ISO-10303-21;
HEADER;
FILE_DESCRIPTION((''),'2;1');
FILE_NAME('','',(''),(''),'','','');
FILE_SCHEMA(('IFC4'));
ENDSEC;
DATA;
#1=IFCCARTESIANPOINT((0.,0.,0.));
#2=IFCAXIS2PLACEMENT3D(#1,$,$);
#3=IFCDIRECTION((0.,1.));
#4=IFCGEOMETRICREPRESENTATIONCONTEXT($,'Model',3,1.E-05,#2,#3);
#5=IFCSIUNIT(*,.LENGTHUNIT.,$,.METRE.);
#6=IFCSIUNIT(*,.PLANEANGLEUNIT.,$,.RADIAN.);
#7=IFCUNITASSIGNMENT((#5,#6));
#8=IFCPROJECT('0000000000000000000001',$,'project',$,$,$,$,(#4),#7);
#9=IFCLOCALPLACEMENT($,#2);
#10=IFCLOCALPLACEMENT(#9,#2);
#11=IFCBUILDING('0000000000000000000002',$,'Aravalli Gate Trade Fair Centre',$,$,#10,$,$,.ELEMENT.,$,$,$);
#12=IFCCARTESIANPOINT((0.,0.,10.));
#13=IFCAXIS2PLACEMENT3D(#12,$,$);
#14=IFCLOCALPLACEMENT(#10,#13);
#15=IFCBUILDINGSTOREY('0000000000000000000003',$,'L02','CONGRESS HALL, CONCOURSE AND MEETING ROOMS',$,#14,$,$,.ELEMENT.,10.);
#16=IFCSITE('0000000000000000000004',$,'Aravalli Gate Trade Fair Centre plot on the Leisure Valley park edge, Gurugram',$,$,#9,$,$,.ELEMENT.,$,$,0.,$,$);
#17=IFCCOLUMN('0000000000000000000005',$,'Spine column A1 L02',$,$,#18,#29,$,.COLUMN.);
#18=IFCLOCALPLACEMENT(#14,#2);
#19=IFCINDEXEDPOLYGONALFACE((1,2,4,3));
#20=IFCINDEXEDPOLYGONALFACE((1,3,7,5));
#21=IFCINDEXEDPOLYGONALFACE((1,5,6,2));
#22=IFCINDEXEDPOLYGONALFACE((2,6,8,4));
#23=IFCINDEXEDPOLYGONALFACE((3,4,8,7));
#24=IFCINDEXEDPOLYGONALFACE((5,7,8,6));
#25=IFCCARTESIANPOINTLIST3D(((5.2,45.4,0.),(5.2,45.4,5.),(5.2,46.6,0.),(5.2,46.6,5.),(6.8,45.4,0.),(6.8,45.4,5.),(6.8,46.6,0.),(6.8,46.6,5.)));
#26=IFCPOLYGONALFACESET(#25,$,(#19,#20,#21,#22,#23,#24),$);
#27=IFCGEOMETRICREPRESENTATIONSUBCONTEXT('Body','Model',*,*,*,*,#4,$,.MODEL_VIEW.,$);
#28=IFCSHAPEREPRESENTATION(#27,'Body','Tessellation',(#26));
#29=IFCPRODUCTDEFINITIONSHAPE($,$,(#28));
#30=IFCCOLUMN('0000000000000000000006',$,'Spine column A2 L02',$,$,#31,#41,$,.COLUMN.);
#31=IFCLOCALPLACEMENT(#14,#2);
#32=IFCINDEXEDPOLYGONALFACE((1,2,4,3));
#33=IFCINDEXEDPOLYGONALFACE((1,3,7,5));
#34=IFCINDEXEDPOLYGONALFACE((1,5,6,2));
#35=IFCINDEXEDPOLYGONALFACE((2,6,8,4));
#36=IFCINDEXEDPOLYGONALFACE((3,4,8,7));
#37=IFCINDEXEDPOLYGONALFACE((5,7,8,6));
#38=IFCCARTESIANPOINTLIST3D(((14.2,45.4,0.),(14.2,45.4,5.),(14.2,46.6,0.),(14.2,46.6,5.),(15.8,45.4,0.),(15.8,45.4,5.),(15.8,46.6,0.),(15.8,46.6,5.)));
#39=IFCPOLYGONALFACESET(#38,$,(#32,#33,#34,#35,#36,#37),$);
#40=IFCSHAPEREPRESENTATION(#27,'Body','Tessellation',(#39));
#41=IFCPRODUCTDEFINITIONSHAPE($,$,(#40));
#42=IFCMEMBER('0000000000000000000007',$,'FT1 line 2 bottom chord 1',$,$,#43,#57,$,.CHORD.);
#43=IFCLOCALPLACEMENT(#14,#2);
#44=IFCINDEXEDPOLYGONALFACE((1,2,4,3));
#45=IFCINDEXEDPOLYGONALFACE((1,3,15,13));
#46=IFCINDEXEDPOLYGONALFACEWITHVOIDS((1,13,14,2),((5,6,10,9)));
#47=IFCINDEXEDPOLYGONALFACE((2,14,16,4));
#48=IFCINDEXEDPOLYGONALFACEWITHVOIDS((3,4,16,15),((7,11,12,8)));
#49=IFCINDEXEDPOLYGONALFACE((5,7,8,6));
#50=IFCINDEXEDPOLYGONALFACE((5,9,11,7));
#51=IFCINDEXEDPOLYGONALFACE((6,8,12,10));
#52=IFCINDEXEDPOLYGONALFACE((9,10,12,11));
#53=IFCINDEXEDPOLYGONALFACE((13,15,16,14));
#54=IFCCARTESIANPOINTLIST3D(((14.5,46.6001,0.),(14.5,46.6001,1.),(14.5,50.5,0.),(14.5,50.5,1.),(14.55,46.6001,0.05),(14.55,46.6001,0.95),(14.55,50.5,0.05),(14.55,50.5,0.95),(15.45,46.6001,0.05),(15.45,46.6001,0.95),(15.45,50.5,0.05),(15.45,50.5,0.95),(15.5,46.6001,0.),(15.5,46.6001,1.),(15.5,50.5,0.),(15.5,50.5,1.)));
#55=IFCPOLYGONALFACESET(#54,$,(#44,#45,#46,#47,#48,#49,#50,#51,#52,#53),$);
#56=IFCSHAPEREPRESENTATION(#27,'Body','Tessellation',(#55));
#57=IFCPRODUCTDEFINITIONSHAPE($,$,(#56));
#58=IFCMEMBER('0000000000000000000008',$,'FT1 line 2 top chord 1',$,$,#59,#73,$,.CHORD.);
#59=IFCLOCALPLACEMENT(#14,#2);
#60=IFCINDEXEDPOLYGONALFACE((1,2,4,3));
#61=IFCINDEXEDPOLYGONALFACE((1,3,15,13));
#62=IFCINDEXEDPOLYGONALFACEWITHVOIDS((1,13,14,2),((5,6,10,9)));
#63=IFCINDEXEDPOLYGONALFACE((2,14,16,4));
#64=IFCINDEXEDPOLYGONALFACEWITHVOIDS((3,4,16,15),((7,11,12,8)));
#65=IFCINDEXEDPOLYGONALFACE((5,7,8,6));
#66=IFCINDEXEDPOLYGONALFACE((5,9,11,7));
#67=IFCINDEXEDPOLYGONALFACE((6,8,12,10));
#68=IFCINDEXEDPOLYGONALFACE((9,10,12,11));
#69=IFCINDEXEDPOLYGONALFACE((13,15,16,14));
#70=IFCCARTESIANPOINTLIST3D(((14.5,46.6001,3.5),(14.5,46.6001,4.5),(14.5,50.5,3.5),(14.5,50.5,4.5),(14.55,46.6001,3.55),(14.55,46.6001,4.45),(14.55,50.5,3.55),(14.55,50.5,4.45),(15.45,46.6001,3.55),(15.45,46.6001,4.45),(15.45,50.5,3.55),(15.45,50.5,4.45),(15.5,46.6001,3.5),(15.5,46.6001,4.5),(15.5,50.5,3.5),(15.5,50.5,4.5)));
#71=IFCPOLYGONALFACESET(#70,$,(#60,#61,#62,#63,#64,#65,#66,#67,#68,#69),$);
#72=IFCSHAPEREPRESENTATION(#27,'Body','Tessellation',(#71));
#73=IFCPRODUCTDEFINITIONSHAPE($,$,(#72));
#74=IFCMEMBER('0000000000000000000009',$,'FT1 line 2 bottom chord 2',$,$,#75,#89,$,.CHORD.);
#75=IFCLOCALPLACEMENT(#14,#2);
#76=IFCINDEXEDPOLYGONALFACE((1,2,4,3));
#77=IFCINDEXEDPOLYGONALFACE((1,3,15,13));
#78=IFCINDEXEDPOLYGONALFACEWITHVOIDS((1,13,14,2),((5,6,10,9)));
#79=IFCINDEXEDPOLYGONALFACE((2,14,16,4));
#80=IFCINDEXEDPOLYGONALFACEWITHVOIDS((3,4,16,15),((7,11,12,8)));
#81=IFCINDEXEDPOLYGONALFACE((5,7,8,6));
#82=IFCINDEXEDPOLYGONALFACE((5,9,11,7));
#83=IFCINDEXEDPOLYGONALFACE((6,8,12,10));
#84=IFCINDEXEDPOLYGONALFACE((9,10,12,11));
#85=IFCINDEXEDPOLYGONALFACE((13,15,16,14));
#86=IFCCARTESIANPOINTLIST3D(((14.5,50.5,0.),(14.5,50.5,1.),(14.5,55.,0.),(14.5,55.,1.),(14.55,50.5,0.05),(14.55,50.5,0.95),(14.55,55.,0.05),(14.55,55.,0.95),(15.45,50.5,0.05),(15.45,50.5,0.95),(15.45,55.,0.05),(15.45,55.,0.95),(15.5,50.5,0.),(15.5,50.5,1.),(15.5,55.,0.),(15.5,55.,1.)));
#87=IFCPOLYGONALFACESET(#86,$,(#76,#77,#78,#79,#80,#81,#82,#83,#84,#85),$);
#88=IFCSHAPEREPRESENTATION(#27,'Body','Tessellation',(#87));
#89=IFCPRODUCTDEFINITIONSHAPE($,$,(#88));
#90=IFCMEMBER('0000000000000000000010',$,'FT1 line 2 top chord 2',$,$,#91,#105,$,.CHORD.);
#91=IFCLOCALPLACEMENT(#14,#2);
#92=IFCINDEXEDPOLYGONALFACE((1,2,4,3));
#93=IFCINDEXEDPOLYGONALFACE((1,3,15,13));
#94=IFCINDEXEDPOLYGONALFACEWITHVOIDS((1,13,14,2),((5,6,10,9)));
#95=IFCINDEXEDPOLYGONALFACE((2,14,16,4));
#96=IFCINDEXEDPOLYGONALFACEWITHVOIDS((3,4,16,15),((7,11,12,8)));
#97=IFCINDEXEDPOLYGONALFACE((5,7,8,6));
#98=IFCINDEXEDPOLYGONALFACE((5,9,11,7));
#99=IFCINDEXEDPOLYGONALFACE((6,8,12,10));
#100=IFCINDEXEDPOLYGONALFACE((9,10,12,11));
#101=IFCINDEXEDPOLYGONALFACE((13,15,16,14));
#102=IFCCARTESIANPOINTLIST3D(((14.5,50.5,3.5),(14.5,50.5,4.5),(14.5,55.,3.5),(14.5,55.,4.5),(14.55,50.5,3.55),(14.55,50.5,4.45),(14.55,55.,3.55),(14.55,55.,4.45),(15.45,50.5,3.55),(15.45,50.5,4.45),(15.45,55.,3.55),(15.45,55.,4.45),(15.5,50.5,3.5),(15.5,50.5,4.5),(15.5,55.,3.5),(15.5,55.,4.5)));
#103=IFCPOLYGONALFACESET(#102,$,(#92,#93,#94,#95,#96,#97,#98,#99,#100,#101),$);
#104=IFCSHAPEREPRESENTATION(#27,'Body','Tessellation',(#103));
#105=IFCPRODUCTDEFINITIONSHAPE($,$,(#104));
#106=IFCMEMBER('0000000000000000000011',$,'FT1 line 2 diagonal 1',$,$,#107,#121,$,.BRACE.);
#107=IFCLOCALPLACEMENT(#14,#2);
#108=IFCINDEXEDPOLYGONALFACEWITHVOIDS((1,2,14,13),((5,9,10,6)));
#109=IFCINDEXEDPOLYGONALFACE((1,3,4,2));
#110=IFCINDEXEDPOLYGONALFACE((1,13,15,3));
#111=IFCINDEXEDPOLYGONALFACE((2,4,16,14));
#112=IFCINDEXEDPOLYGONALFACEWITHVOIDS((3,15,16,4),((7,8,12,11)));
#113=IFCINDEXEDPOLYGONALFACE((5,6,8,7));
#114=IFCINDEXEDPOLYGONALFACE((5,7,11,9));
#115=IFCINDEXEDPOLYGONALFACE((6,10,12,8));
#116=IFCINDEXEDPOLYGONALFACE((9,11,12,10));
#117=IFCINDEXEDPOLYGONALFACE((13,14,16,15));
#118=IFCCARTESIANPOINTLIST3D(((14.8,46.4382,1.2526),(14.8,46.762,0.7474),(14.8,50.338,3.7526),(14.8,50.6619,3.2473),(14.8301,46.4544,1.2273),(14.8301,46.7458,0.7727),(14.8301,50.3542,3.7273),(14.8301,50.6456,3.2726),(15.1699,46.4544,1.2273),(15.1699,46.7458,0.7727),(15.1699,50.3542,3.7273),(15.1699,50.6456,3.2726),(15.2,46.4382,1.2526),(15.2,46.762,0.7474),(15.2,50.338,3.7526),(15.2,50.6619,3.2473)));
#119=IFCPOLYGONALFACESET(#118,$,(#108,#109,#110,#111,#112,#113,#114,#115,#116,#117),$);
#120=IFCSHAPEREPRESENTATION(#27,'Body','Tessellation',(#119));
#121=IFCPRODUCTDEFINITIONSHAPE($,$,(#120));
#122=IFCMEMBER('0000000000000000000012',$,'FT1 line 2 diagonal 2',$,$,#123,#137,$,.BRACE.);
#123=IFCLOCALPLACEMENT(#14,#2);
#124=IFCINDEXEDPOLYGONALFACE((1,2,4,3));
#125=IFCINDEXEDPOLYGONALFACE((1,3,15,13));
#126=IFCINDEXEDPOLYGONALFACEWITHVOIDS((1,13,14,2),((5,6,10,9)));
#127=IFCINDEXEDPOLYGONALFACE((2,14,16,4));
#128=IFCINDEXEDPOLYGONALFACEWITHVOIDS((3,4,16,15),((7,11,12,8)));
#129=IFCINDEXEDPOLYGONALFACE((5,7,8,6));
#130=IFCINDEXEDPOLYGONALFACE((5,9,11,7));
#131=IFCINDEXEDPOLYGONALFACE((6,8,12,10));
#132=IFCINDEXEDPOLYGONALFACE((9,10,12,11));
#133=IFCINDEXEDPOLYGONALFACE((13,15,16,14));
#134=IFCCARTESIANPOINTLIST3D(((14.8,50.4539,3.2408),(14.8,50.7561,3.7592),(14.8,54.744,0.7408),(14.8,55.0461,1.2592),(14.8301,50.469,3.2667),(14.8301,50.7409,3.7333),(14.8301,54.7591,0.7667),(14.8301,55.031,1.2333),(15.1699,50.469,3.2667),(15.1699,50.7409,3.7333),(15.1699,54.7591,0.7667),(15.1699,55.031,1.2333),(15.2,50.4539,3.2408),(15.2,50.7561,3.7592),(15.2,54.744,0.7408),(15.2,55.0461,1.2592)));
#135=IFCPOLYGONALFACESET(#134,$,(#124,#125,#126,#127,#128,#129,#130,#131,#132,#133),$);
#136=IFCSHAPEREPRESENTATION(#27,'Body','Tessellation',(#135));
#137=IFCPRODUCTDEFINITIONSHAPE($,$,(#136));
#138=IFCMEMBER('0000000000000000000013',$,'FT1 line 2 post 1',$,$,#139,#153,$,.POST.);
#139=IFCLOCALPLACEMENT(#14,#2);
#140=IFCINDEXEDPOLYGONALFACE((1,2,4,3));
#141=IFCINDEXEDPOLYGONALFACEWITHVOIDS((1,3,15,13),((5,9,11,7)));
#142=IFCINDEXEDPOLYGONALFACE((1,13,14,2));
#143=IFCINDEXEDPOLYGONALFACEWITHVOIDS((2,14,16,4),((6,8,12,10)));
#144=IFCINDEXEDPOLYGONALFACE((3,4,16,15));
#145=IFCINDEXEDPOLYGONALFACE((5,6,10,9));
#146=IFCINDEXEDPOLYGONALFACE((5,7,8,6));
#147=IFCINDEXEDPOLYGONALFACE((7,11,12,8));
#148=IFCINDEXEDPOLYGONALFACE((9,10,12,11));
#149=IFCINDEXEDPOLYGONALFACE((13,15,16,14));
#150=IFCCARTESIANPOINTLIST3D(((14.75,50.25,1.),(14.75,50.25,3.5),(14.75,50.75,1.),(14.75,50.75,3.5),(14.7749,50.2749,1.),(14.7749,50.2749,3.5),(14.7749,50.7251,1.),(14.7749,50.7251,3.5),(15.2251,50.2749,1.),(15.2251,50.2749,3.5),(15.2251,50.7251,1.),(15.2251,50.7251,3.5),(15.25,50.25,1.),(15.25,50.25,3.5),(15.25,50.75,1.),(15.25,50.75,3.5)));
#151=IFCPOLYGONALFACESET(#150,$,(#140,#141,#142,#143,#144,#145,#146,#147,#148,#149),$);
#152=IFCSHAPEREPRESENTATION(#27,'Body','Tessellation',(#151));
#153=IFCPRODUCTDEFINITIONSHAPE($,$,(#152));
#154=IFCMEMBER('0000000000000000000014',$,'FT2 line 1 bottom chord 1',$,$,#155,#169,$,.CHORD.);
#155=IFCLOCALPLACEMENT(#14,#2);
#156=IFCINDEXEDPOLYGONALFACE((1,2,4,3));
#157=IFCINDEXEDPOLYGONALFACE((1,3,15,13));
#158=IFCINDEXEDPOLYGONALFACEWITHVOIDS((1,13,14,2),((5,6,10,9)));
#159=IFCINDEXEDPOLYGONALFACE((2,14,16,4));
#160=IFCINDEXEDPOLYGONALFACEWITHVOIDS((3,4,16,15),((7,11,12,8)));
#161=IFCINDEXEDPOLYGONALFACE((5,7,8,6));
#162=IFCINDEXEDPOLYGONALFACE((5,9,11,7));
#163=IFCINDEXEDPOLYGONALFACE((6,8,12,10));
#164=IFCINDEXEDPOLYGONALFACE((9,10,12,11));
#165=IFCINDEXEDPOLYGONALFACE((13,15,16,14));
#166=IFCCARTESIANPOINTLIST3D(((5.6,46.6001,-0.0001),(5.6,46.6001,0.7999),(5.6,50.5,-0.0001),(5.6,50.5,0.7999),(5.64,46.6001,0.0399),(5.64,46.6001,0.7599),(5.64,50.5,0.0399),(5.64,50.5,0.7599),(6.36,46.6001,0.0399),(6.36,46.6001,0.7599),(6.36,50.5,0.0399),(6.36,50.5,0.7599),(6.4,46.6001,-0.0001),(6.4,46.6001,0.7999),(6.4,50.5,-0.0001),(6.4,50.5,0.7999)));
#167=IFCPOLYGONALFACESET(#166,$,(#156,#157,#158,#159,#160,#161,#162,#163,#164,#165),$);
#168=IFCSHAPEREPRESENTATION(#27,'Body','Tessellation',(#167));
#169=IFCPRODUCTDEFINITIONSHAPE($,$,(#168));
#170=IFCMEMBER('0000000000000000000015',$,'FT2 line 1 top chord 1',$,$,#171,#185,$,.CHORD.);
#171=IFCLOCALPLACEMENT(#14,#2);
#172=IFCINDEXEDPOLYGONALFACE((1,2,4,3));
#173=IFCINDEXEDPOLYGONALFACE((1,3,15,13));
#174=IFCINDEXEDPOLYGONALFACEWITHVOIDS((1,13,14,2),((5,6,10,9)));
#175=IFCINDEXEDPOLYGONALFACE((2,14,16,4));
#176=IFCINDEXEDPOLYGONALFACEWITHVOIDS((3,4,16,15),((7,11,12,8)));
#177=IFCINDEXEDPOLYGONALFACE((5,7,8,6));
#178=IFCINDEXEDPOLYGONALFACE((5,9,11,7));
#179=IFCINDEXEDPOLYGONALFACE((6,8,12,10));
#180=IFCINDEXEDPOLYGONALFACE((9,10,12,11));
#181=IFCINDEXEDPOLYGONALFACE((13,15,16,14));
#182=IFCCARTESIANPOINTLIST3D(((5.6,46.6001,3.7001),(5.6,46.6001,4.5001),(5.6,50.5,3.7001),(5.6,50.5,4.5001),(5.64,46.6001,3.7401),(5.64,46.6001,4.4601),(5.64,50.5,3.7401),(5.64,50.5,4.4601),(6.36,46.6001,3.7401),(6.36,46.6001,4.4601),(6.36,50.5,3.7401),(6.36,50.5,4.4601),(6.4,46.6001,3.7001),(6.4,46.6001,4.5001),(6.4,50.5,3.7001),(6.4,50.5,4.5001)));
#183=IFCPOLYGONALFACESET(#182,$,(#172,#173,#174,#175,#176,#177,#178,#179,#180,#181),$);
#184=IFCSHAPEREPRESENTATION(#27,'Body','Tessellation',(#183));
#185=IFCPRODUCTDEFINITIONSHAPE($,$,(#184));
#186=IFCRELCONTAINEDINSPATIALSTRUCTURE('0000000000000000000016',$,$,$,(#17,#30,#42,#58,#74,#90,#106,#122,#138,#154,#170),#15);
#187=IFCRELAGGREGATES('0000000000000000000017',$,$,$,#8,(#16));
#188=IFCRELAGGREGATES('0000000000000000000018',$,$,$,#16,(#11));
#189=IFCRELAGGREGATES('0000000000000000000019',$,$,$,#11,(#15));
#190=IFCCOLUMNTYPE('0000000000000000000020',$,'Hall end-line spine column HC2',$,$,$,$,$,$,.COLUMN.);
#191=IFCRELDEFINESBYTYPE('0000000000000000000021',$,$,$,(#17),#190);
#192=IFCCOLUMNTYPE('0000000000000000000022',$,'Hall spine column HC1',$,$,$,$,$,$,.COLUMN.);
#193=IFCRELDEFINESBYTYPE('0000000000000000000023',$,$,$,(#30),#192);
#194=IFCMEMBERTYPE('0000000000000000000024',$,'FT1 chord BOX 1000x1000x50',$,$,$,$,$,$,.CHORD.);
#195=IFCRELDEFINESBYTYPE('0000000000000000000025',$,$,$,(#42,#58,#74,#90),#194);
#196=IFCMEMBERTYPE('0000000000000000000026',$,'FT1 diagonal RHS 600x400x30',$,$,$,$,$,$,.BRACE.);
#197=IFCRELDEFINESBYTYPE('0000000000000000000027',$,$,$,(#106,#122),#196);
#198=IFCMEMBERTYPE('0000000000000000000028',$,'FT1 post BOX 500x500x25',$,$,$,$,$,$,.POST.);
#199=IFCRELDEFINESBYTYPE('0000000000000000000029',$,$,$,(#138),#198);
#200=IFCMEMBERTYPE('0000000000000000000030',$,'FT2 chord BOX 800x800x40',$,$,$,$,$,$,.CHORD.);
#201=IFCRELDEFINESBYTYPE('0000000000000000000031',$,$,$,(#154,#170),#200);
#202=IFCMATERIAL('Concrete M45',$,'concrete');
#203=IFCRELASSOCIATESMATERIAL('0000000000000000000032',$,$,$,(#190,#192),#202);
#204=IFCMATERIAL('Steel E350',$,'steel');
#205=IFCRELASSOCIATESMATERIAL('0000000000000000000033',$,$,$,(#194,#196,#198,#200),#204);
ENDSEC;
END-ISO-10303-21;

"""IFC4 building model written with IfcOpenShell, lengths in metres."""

from ifc_helpers import new_model, si_unit, direction, frame, origin, origin_2d, place, context, subcontext, project, spatial, rectangle, hollow_rectangle, extrude, material, material_profile, profile_set, type_object, element, save


model = new_model("IFC4")

# Units and contexts
model_context = context("Model", 3, precision=1e-05, world=origin(), true_north=direction((0.0, 1.0)))
body_context = subcontext(model_context, "Body", "Model", "MODEL_VIEW")
ifc_project = project(units=[si_unit("LENGTHUNIT", "METRE"), si_unit("PLANEANGLEUNIT", "RADIAN")], contexts=[model_context])

# Site, building, storey
site_placement = place(None, origin())
site = spatial("IfcSite", under=ifc_project, at=site_placement, Name="Aravalli Gate Trade Fair Centre plot on the Leisure Valley park edge, Gurugram", CompositionType="ELEMENT", RefElevation=0.0)
building_placement = place(site_placement, origin())
building = spatial("IfcBuilding", under=site, at=building_placement, Name="Aravalli Gate Trade Fair Centre", CompositionType="ELEMENT")
storey_placement = place(building_placement, frame((0.0, 0.0, 10.0)))
storey = spatial("IfcBuildingStorey", under=building, at=storey_placement, Name="L02", Description="CONGRESS HALL, CONCOURSE AND MEETING ROOMS", CompositionType="ELEMENT", Elevation=10.0)

# Columns
ifc_material_1 = material(Name="Concrete M45", Category="concrete")
ifc_material_profile_1 = material_profile(ifc_material_1, rectangle(XDim=1.6001, YDim=1.2, at=origin_2d()), Name="RC 1600x1200")
ifc_profile_set_1 = profile_set([ifc_material_profile_1], Name="Concrete M45")
column_type_1 = type_object("IfcColumnType", Name="Hall end-line spine column HC2", PredefinedType="COLUMN", material=ifc_profile_set_1)
column_1_placement = place(storey_placement, frame((6.0, 46.0, 0.0), z_axis=(0.0, 0.0, 1.0), x_axis=(1.0, 0.0, 0.0)))
element("IfcColumn", 1, at=column_1_placement, inside=storey, type_object=column_type_1, Name="Spine column A1 L02", PredefinedType="COLUMN", context=body_context, shape_type="SweptSolid", body=[
    extrude(rectangle(XDim=1.6001, YDim=1.2, at=origin_2d()), origin(), (0.0, 0.0, 1.0), 5.0),
])
ifc_material_profile_2 = material_profile(ifc_material_1, rectangle(XDim=1.6001, YDim=1.2, at=origin_2d()), Name="RC 1600x1200")
ifc_profile_set_2 = profile_set([ifc_material_profile_2], Name="Concrete M45")
column_type_2 = type_object("IfcColumnType", Name="Hall spine column HC1", PredefinedType="COLUMN", material=ifc_profile_set_2)
column_2_placement = place(storey_placement, frame((15.0, 46.0, 0.0), z_axis=(0.0, 0.0, 1.0), x_axis=(1.0, 0.0, 0.0)))
element("IfcColumn", 2, at=column_2_placement, inside=storey, type_object=column_type_2, Name="Spine column A2 L02", PredefinedType="COLUMN", context=body_context, shape_type="SweptSolid", body=[
    extrude(rectangle(XDim=1.6001, YDim=1.2, at=origin_2d()), origin(), (0.0, 0.0, 1.0), 5.0),
])

# Members
ifc_material_2 = material(Name="Steel E350", Category="steel")
ifc_material_profile_3 = material_profile(ifc_material_2, hollow_rectangle(XDim=1.0, YDim=1.0, WallThickness=0.05, at=origin_2d()), Name="BOX 1000x1000x50")
ifc_profile_set_3 = profile_set([ifc_material_profile_3], Name="Steel E350")
member_type_1 = type_object("IfcMemberType", Name="FT1 chord BOX 1000x1000x50", PredefinedType="CHORD", material=ifc_profile_set_3)
for number, where, z_axis, x_axis, name in (
    (3, (15.0, 46.6001, 0.5), (0.0, 1.0, 0.0), (-1.0, 0.0, 0.0), "FT1 line 2 bottom chord 1"),
    (4, (15.0, 46.6001, 4.0), (0.0, 1.0, 0.0), (-1.0, 0.0, 0.0), "FT1 line 2 top chord 1"),
):
    element("IfcMember", number, at=place(storey_placement, frame(where, z_axis=z_axis, x_axis=x_axis)), inside=storey, type_object=member_type_1, Name=name, PredefinedType="CHORD", context=body_context, shape_type="SweptSolid", body=[
        extrude(hollow_rectangle(XDim=1.0, YDim=1.0, WallThickness=0.05, at=origin_2d()), origin(), (0.0, 0.0, 1.0), 3.8999),
    ])
for number, where, z_axis, x_axis, name in (
    (5, (15.0, 50.5, 0.5), (0.0, 1.0, 0.0), (-1.0, 0.0, 0.0), "FT1 line 2 bottom chord 2"),
    (6, (15.0, 50.5, 4.0), (0.0, 1.0, 0.0), (-1.0, 0.0, 0.0), "FT1 line 2 top chord 2"),
):
    element("IfcMember", number, at=place(storey_placement, frame(where, z_axis=z_axis, x_axis=x_axis)), inside=storey, type_object=member_type_1, Name=name, PredefinedType="CHORD", context=body_context, shape_type="SweptSolid", body=[
        extrude(hollow_rectangle(XDim=1.0, YDim=1.0, WallThickness=0.05, at=origin_2d()), origin(), (0.0, 0.0, 1.0), 4.5),
    ])
ifc_material_profile_4 = material_profile(ifc_material_2, hollow_rectangle(XDim=0.3999, YDim=0.6001, WallThickness=0.03, at=origin_2d()), Name="RHS 600x400x30")
ifc_profile_set_4 = profile_set([ifc_material_profile_4], Name="Steel E350")
member_type_2 = type_object("IfcMemberType", Name="FT1 diagonal RHS 600x400x30", PredefinedType="BRACE", material=ifc_profile_set_4)
member_1_placement = place(storey_placement, frame((15.0, 46.6001, 1.0), z_axis=(0.0, 0.841873, 0.539676), x_axis=(-1.0, 0.0, 0.0)))
element("IfcMember", 7, at=member_1_placement, inside=storey, type_object=member_type_2, Name="FT1 line 2 diagonal 1", PredefinedType="BRACE", context=body_context, shape_type="SweptSolid", body=[
    extrude(hollow_rectangle(XDim=0.3999, YDim=0.6001, WallThickness=0.03, at=origin_2d()), origin(), (0.0, 0.0, 1.0), 4.6323),
])
member_2_placement = place(storey_placement, frame((15.0, 50.605, 3.5), z_axis=(0.0, 0.864, -0.503492), x_axis=(-1.0, 0.0, 0.0)))
element("IfcMember", 8, at=member_2_placement, inside=storey, type_object=member_type_2, Name="FT1 line 2 diagonal 2", PredefinedType="BRACE", context=body_context, shape_type="SweptSolid", body=[
    extrude(hollow_rectangle(XDim=0.3999, YDim=0.6001, WallThickness=0.03, at=origin_2d()), origin(), (0.0, 0.0, 1.0), 4.9653),
])
ifc_material_profile_5 = material_profile(ifc_material_2, hollow_rectangle(XDim=0.5, YDim=0.5, WallThickness=0.0249, at=origin_2d()), Name="BOX 500x500x25")
ifc_profile_set_5 = profile_set([ifc_material_profile_5], Name="Steel E350")
member_type_3 = type_object("IfcMemberType", Name="FT1 post BOX 500x500x25", PredefinedType="POST", material=ifc_profile_set_5)
member_3_placement = place(storey_placement, frame((15.0, 50.5, 1.0), z_axis=(0.0, 0.0, 1.0), x_axis=(1.0, 0.0, 0.0)))
element("IfcMember", 9, at=member_3_placement, inside=storey, type_object=member_type_3, Name="FT1 line 2 post 1", PredefinedType="POST", context=body_context, shape_type="SweptSolid", body=[
    extrude(hollow_rectangle(XDim=0.5, YDim=0.5, WallThickness=0.0249, at=origin_2d()), origin(), (0.0, 0.0, 1.0), 2.5),
])
ifc_material_profile_6 = material_profile(ifc_material_2, hollow_rectangle(XDim=0.8, YDim=0.8, WallThickness=0.04, at=origin_2d()), Name="BOX 800x800x40")
ifc_profile_set_6 = profile_set([ifc_material_profile_6], Name="Steel E350")
member_type_4 = type_object("IfcMemberType", Name="FT2 chord BOX 800x800x40", PredefinedType="CHORD", material=ifc_profile_set_6)
for number, where, z_axis, x_axis, name in (
    (10, (6.0, 46.6001, 0.3999), (0.0, 1.0, 0.0), (-1.0, 0.0, 0.0), "FT2 line 1 bottom chord 1"),
    (11, (6.0, 46.6001, 4.1001), (0.0, 1.0, 0.0), (-1.0, 0.0, 0.0), "FT2 line 1 top chord 1"),
):
    element("IfcMember", number, at=place(storey_placement, frame(where, z_axis=z_axis, x_axis=x_axis)), inside=storey, type_object=member_type_4, Name=name, PredefinedType="CHORD", context=body_context, shape_type="SweptSolid", body=[
        extrude(hollow_rectangle(XDim=0.8, YDim=0.8, WallThickness=0.04, at=origin_2d()), origin(), (0.0, 0.0, 1.0), 3.8999),
    ])

save(model, "model.ifc")
